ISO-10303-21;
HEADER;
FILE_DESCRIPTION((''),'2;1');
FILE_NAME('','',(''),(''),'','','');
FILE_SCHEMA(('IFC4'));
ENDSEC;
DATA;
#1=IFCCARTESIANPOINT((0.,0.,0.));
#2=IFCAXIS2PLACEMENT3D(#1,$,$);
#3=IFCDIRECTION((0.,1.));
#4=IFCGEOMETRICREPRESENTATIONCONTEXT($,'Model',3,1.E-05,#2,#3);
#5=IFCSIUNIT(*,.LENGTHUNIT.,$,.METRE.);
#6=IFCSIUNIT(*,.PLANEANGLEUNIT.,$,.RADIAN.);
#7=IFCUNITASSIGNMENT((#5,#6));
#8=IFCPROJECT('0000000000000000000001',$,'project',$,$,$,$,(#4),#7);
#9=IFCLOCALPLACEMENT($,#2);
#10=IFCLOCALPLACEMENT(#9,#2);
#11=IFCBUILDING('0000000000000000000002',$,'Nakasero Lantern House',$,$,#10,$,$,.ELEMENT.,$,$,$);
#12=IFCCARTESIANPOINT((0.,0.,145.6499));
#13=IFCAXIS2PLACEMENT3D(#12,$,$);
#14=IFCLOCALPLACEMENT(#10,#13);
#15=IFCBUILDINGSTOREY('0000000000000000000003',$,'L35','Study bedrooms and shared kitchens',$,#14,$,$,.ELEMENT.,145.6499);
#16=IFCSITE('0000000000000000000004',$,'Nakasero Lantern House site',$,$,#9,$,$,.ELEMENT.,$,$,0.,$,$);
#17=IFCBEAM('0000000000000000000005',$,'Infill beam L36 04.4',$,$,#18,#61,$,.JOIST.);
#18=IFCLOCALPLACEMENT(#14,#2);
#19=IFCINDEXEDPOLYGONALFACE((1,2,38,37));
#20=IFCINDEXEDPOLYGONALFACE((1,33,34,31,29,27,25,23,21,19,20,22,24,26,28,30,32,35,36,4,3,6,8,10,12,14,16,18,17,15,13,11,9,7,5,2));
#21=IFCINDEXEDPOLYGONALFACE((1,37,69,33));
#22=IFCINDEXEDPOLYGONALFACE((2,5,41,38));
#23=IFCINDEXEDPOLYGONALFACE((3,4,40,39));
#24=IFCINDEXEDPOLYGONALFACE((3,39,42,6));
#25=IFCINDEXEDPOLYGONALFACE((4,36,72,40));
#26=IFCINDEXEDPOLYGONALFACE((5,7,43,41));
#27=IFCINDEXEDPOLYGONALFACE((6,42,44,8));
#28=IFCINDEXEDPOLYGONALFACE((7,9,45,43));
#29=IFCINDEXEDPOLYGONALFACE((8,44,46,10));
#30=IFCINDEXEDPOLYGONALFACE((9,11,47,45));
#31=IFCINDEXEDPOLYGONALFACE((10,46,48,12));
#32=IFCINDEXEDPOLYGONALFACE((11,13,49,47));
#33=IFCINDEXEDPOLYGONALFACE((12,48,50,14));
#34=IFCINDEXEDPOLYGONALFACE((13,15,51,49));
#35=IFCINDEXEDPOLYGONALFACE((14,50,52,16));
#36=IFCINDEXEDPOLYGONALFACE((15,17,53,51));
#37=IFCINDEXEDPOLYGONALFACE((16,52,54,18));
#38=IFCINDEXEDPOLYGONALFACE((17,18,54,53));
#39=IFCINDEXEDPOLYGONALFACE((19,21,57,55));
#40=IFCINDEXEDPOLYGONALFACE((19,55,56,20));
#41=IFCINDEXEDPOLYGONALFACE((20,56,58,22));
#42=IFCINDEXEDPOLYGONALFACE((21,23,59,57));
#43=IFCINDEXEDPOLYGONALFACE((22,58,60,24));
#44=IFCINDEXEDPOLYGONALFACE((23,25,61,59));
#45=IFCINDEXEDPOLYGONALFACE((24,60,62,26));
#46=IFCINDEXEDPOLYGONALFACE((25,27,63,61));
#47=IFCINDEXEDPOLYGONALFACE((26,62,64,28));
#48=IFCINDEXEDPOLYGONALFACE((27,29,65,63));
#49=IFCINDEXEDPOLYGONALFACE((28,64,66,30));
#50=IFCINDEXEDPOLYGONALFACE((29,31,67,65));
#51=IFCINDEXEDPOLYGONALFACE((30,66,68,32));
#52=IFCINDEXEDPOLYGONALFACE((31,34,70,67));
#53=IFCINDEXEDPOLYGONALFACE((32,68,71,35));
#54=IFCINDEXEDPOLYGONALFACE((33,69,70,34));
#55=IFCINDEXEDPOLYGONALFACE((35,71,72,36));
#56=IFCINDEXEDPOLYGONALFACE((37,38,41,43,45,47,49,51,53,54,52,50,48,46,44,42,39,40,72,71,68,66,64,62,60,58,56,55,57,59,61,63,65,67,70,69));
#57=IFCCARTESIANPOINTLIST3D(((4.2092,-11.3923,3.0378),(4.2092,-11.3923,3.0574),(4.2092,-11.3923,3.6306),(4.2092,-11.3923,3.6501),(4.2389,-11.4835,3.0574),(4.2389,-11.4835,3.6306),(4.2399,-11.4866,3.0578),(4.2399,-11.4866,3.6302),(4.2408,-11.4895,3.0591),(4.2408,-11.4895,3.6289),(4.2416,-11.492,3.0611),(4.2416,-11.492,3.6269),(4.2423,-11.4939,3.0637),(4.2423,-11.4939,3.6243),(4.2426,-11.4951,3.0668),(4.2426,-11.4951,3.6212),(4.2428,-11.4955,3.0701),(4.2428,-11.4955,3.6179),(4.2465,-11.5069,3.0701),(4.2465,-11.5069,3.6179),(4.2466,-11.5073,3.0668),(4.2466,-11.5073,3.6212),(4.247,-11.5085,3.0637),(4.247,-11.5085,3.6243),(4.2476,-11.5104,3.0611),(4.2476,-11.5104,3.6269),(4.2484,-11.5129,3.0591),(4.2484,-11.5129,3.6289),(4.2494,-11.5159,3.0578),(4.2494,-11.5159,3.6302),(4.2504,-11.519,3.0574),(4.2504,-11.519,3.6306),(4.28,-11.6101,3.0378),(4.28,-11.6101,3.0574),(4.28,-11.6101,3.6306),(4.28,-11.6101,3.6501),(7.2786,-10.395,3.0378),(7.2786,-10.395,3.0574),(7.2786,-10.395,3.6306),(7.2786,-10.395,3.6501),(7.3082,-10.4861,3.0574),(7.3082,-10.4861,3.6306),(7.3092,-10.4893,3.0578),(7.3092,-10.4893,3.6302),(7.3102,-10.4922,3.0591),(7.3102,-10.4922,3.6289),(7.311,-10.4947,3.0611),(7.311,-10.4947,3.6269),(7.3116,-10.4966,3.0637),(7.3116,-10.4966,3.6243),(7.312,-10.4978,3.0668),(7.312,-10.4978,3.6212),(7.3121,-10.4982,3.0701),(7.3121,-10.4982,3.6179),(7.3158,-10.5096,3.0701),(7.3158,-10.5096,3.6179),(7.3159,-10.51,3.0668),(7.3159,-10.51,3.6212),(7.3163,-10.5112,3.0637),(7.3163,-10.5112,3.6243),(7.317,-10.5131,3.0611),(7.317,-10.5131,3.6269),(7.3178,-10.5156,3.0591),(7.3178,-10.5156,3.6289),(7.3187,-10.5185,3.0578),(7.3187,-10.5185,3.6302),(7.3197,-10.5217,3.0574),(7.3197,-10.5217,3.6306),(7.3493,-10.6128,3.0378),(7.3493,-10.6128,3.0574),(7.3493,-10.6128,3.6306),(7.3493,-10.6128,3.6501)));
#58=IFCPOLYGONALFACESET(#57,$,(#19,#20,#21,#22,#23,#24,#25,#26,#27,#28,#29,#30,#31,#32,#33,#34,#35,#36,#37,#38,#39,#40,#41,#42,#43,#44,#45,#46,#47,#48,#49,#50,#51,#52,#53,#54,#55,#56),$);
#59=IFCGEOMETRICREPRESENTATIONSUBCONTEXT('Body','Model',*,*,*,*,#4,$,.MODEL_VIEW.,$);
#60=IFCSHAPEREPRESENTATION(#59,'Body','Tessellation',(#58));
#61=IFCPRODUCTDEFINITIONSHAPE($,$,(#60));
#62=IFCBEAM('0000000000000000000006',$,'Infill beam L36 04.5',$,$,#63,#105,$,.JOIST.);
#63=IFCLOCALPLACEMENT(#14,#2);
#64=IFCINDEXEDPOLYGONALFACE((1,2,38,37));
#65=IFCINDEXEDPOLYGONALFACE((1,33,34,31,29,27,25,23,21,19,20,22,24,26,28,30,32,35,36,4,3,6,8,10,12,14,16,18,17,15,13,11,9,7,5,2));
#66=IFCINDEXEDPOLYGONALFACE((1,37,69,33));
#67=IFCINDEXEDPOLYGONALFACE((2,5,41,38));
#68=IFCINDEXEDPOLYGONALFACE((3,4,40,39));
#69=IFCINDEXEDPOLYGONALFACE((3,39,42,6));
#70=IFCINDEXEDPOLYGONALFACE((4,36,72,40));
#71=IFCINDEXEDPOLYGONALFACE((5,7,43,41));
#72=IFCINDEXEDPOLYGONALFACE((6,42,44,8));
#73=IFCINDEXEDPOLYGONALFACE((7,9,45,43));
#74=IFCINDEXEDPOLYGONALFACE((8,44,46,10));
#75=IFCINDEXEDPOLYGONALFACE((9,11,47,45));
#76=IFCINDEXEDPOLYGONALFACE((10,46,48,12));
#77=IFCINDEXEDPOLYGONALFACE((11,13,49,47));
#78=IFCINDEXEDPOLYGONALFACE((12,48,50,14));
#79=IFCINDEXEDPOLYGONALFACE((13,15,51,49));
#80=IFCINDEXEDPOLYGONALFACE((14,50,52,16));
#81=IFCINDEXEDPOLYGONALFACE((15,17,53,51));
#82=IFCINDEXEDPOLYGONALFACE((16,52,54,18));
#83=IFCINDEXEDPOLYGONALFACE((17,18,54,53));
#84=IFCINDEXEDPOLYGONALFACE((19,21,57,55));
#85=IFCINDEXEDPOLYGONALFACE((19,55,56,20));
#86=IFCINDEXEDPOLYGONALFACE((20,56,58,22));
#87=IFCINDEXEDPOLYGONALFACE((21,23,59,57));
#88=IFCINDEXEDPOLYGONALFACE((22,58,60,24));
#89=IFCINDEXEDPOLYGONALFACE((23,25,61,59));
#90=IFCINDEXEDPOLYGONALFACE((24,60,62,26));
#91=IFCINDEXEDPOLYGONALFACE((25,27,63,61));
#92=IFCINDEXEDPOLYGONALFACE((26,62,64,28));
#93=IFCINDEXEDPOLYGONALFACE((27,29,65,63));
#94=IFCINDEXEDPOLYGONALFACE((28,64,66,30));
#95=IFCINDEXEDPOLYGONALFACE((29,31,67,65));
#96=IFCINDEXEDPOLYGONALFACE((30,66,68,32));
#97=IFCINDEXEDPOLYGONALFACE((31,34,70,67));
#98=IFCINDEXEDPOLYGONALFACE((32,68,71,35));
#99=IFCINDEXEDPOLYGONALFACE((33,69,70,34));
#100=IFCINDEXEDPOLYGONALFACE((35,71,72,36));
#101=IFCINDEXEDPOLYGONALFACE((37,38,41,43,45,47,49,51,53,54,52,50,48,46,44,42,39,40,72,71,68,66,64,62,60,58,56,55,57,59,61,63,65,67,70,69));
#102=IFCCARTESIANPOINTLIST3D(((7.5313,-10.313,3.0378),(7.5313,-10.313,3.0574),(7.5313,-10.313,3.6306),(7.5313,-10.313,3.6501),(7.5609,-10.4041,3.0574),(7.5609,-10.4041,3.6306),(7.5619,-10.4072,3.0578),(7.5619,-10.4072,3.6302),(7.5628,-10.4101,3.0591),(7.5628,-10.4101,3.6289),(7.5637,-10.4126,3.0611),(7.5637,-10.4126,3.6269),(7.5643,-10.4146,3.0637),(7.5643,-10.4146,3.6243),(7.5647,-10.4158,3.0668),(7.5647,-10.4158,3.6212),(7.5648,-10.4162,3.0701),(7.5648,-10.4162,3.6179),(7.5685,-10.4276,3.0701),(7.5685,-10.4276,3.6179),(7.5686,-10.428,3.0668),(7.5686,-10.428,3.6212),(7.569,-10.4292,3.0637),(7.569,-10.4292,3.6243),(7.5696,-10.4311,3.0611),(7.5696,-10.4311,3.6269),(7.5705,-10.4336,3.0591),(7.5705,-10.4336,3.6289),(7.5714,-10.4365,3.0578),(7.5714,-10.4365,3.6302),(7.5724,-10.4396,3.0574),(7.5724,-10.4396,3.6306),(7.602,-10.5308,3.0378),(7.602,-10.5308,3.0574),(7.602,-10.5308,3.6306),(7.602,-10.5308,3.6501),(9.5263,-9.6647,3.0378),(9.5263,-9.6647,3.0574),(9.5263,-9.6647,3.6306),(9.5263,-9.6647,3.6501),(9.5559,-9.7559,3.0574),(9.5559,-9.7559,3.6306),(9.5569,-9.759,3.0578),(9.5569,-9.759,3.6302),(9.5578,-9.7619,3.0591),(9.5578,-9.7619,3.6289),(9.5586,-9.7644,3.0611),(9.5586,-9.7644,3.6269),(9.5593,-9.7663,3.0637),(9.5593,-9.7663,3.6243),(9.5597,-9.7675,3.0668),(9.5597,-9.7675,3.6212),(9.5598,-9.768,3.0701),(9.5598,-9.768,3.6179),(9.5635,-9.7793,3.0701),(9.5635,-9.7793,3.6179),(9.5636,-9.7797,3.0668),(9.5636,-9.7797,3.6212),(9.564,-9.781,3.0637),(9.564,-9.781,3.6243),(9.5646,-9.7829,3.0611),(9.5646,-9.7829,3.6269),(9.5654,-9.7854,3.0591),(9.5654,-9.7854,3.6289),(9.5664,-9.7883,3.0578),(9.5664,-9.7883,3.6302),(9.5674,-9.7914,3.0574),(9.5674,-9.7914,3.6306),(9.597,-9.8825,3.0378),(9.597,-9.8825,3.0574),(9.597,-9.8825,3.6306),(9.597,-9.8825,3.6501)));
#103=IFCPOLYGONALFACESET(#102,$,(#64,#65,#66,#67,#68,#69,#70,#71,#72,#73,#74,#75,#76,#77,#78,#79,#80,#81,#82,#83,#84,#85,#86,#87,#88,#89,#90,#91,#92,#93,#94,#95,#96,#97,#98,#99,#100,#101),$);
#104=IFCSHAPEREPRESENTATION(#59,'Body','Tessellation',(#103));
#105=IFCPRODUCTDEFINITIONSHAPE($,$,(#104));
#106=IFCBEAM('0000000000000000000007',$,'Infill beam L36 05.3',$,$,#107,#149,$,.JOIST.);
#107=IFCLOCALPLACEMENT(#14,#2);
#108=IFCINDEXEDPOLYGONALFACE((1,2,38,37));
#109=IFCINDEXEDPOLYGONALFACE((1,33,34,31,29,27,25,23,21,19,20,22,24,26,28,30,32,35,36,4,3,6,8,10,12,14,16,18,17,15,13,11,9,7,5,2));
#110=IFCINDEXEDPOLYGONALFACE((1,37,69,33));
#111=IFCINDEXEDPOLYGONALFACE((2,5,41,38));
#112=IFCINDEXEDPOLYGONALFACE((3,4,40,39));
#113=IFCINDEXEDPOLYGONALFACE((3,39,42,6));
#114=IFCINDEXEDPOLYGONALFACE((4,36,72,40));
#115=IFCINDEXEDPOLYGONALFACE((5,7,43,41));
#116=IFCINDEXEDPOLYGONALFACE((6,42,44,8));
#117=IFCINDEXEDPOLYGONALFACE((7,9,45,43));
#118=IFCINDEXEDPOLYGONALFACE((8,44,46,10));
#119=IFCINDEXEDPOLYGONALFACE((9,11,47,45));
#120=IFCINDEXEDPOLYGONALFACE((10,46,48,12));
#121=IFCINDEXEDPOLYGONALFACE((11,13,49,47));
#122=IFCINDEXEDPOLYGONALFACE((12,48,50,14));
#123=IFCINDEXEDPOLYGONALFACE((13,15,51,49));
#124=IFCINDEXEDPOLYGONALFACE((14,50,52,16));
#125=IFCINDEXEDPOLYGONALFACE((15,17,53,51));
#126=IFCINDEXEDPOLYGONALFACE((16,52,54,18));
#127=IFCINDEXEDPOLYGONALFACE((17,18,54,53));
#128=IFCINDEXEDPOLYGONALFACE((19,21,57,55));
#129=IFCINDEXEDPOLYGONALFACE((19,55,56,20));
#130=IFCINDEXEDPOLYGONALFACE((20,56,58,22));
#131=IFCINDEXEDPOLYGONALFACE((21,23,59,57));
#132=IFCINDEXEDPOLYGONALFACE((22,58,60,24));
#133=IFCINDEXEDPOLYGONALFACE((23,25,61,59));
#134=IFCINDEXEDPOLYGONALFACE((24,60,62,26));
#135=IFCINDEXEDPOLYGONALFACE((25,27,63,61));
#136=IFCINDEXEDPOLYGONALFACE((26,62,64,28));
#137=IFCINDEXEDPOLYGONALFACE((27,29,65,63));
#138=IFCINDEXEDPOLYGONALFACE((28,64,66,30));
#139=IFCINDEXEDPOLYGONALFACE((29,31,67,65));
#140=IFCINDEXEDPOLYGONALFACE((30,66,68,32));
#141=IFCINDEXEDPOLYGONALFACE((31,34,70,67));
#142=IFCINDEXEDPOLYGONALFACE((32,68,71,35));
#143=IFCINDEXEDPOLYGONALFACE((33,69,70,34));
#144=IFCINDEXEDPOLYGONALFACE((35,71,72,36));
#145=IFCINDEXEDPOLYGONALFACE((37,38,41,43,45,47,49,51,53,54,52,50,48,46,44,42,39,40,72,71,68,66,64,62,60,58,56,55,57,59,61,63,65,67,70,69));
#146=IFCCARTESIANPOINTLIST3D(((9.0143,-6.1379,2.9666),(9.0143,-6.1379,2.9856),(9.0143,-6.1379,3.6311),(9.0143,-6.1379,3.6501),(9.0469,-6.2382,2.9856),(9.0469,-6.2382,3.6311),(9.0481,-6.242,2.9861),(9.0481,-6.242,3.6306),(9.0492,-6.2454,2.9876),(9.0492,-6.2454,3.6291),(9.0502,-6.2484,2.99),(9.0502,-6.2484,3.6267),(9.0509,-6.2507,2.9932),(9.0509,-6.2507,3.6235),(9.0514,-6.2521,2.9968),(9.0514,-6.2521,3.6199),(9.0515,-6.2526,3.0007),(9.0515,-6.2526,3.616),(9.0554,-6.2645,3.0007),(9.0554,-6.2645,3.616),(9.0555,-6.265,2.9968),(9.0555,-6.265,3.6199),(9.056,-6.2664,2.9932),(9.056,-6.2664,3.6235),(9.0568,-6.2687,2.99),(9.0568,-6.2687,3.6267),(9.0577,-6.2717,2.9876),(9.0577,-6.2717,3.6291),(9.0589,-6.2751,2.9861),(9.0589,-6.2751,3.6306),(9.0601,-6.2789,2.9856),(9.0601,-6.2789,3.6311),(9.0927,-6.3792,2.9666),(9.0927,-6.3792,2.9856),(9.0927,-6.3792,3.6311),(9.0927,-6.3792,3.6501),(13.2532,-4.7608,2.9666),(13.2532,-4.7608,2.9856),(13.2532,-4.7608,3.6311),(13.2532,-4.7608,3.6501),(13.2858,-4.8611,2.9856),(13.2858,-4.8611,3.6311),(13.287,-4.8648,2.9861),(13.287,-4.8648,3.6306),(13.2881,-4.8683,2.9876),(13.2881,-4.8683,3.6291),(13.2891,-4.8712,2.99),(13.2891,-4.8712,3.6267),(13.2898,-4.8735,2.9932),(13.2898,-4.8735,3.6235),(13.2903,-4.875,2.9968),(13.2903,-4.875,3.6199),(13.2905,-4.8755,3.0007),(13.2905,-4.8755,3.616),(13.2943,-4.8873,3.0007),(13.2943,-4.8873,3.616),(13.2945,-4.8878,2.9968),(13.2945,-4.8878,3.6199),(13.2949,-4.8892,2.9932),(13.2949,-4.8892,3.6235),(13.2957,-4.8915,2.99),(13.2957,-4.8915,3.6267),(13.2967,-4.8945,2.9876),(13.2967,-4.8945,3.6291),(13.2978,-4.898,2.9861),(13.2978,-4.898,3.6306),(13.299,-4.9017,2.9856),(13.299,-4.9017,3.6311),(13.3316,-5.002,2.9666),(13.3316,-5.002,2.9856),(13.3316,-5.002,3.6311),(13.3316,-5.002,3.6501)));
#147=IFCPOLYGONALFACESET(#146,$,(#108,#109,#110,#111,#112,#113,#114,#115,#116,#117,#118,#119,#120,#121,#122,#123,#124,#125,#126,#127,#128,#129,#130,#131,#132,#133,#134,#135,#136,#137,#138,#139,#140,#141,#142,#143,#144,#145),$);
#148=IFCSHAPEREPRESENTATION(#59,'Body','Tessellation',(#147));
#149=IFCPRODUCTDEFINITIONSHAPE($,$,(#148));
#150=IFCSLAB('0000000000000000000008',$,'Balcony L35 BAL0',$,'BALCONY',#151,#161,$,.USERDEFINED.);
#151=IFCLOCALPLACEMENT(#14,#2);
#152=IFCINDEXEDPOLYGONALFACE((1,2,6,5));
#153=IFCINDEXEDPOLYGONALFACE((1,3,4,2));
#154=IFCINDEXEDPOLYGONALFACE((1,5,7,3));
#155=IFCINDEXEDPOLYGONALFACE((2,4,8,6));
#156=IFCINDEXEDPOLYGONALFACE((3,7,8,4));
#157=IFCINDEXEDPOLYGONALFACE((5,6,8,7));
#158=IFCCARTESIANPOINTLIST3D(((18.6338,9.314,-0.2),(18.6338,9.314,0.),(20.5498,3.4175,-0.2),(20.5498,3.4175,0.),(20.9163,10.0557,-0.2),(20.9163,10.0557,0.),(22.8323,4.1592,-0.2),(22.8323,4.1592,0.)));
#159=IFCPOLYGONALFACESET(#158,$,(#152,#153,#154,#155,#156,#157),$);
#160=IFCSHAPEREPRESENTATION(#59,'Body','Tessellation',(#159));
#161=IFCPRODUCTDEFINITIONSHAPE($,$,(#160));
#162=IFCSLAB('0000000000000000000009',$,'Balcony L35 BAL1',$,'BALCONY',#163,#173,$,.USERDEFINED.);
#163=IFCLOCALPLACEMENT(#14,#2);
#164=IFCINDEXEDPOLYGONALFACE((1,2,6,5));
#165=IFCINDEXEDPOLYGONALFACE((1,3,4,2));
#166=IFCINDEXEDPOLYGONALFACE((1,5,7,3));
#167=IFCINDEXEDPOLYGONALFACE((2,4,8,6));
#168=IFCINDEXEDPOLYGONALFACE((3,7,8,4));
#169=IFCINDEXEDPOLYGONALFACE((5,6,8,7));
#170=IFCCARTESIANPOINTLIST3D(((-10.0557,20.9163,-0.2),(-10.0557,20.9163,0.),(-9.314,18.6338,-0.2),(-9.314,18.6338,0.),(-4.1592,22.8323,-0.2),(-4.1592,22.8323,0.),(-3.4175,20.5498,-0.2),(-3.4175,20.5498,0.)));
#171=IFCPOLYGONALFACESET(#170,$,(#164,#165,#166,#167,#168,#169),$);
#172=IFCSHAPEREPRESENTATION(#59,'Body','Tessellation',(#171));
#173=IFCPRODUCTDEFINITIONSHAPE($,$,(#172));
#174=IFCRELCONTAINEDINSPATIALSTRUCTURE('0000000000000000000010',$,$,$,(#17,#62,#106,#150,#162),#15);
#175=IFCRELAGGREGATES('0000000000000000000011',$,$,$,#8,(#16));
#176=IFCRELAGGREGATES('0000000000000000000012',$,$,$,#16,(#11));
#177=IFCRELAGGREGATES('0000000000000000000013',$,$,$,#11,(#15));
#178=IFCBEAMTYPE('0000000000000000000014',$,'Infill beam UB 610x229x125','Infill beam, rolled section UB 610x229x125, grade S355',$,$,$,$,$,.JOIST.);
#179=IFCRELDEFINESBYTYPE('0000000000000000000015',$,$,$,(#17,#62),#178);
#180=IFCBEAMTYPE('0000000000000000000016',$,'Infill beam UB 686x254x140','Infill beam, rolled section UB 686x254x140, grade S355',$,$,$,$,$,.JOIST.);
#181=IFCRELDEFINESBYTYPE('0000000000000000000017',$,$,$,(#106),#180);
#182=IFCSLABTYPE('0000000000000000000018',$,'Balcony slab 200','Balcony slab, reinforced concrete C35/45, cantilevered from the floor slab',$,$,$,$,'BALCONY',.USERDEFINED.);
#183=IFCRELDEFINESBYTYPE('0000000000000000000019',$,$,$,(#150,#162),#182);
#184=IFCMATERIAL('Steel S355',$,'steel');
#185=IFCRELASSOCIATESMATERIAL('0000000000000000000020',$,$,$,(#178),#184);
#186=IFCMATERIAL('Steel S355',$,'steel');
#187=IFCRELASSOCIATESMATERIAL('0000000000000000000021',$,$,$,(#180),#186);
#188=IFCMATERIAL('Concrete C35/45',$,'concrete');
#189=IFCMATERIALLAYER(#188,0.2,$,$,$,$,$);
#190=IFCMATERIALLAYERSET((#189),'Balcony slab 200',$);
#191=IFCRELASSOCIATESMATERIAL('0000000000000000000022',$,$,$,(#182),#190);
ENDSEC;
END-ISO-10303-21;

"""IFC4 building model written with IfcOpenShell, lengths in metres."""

from ifc_helpers import new_model, si_unit, direction, frame, origin, origin_2d, place, context, subcontext, project, spatial, polyline, i_section, outline, extrude, material, layer, layer_set, material_profile, profile_set, type_object, element, save


model = new_model("IFC4")

# Units and contexts
model_context = context("Model", 3, precision=1e-05, world=origin(), true_north=direction((0.0, 1.0)))
body_context = subcontext(model_context, "Body", "Model", "MODEL_VIEW")
ifc_project = project(units=[si_unit("LENGTHUNIT", "METRE"), si_unit("PLANEANGLEUNIT", "RADIAN")], contexts=[model_context])

# Site, building, storey
site_placement = place(None, origin())
site = spatial("IfcSite", under=ifc_project, at=site_placement, Name="Nakasero Lantern House site", CompositionType="ELEMENT", RefElevation=0.0)
building_placement = place(site_placement, origin())
building = spatial("IfcBuilding", under=site, at=building_placement, Name="Nakasero Lantern House", CompositionType="ELEMENT")
storey_placement = place(building_placement, frame((0.0, 0.0, 145.6499)))
storey = spatial("IfcBuildingStorey", under=building, at=storey_placement, Name="L35", Description="Study bedrooms and shared kitchens", CompositionType="ELEMENT", Elevation=145.6499)

# Beams
ifc_material_1 = material(Name="Steel S355", Category="steel")
ifc_material_profile_1 = material_profile(ifc_material_1, i_section(OverallWidth=0.229, OverallDepth=0.6123, WebThickness=0.012, FlangeThickness=0.0195, FilletRadius=0.0127, at=origin_2d()), Name="UB 610x229x125")
ifc_profile_set_1 = profile_set([ifc_material_profile_1], Name="Steel S355")
beam_type_1 = type_object("IfcBeamType", Name="Infill beam UB 610x229x125", Description="Infill beam, rolled section UB 610x229x125, grade S355", PredefinedType="JOIST", material=ifc_profile_set_1)
beam_1_placement = place(storey_placement, frame((4.2446, -11.5012, 3.344), z_axis=(0.951054, 0.309024, 0.0), x_axis=(-0.309024, 0.951054, 0.0)))
element("IfcBeam", 1, at=beam_1_placement, inside=storey, type_object=beam_type_1, Name="Infill beam L36 04.4", PredefinedType="JOIST", context=body_context, shape_type="SweptSolid", body=[
    extrude(i_section(OverallWidth=0.229, OverallDepth=0.6123, WebThickness=0.012, FlangeThickness=0.0195, FilletRadius=0.0127, at=origin_2d()), origin(), (0.0, 0.0, 1.0), 3.2273),
])
beam_2_placement = place(storey_placement, frame((7.5667, -10.4219, 3.344), z_axis=(0.951054, 0.309026, 0.0), x_axis=(-0.309026, 0.951054, 0.0)))
element("IfcBeam", 2, at=beam_2_placement, inside=storey, type_object=beam_type_1, Name="Infill beam L36 04.5", PredefinedType="JOIST", context=body_context, shape_type="SweptSolid", body=[
    extrude(i_section(OverallWidth=0.229, OverallDepth=0.6123, WebThickness=0.012, FlangeThickness=0.0195, FilletRadius=0.0127, at=origin_2d()), origin(), (0.0, 0.0, 1.0), 2.0977),
])
ifc_material_2 = material(Name="Steel S355", Category="steel")
ifc_material_profile_2 = material_profile(ifc_material_2, i_section(OverallWidth=0.2537, OverallDepth=0.6836, WebThickness=0.0125, FlangeThickness=0.019, FilletRadius=0.0151, at=origin_2d()), Name="UB 686x254x140")
ifc_profile_set_2 = profile_set([ifc_material_profile_2], Name="Steel S355")
beam_type_2 = type_object("IfcBeamType", Name="Infill beam UB 686x254x140", Description="Infill beam, rolled section UB 686x254x140, grade S355", PredefinedType="JOIST", material=ifc_profile_set_2)
beam_3_placement = place(storey_placement, frame((9.0535, -6.2585, 3.3083), z_axis=(0.951066, 0.308988, 0.0), x_axis=(-0.308988, 0.951066, 0.0)))
element("IfcBeam", 3, at=beam_3_placement, inside=storey, type_object=beam_type_2, Name="Infill beam L36 05.3", PredefinedType="JOIST", context=body_context, shape_type="SweptSolid", body=[
    extrude(i_section(OverallWidth=0.2537, OverallDepth=0.6836, WebThickness=0.0125, FlangeThickness=0.019, FilletRadius=0.0151, at=origin_2d()), origin(), (0.0, 0.0, 1.0), 4.457),
])

# Slabs
ifc_material_3 = material(Name="Concrete C35/45", Category="concrete")
ifc_layer_1 = layer(ifc_material_3, 0.2)
ifc_layer_set_1 = layer_set([ifc_layer_1], Name="Balcony slab 200")
slab_type_1 = type_object("IfcSlabType", Name="Balcony slab 200", Description="Balcony slab, reinforced concrete C35/45, cantilevered from the floor slab", ElementType="BALCONY", PredefinedType="USERDEFINED", material=ifc_layer_set_1)
slab_1_placement = place(storey_placement, frame((0.0, 0.0, -0.2)))
element("IfcSlab", 4, at=slab_1_placement, inside=storey, type_object=slab_type_1, Name="Balcony L35 BAL0", ObjectType="BALCONY", PredefinedType="USERDEFINED", context=body_context, shape_type="SweptSolid", body=[
    extrude(outline(polyline([(20.5498, 3.4175), (22.8323, 4.1592), (20.9163, 10.0557), (18.6338, 9.314), (20.5498, 3.4175)])), origin(), (0.0, 0.0, 1.0), 0.2),
])
slab_2_placement = place(storey_placement, frame((0.0, 0.0, -0.2)))
element("IfcSlab", 5, at=slab_2_placement, inside=storey, type_object=slab_type_1, Name="Balcony L35 BAL1", ObjectType="BALCONY", PredefinedType="USERDEFINED", context=body_context, shape_type="SweptSolid", body=[
    extrude(outline(polyline([(-3.4175, 20.5498), (-4.1592, 22.8323), (-10.0557, 20.9163), (-9.314, 18.6338), (-3.4175, 20.5498)])), origin(), (0.0, 0.0, 1.0), 0.2),
])

save(model, "model.ifc")
